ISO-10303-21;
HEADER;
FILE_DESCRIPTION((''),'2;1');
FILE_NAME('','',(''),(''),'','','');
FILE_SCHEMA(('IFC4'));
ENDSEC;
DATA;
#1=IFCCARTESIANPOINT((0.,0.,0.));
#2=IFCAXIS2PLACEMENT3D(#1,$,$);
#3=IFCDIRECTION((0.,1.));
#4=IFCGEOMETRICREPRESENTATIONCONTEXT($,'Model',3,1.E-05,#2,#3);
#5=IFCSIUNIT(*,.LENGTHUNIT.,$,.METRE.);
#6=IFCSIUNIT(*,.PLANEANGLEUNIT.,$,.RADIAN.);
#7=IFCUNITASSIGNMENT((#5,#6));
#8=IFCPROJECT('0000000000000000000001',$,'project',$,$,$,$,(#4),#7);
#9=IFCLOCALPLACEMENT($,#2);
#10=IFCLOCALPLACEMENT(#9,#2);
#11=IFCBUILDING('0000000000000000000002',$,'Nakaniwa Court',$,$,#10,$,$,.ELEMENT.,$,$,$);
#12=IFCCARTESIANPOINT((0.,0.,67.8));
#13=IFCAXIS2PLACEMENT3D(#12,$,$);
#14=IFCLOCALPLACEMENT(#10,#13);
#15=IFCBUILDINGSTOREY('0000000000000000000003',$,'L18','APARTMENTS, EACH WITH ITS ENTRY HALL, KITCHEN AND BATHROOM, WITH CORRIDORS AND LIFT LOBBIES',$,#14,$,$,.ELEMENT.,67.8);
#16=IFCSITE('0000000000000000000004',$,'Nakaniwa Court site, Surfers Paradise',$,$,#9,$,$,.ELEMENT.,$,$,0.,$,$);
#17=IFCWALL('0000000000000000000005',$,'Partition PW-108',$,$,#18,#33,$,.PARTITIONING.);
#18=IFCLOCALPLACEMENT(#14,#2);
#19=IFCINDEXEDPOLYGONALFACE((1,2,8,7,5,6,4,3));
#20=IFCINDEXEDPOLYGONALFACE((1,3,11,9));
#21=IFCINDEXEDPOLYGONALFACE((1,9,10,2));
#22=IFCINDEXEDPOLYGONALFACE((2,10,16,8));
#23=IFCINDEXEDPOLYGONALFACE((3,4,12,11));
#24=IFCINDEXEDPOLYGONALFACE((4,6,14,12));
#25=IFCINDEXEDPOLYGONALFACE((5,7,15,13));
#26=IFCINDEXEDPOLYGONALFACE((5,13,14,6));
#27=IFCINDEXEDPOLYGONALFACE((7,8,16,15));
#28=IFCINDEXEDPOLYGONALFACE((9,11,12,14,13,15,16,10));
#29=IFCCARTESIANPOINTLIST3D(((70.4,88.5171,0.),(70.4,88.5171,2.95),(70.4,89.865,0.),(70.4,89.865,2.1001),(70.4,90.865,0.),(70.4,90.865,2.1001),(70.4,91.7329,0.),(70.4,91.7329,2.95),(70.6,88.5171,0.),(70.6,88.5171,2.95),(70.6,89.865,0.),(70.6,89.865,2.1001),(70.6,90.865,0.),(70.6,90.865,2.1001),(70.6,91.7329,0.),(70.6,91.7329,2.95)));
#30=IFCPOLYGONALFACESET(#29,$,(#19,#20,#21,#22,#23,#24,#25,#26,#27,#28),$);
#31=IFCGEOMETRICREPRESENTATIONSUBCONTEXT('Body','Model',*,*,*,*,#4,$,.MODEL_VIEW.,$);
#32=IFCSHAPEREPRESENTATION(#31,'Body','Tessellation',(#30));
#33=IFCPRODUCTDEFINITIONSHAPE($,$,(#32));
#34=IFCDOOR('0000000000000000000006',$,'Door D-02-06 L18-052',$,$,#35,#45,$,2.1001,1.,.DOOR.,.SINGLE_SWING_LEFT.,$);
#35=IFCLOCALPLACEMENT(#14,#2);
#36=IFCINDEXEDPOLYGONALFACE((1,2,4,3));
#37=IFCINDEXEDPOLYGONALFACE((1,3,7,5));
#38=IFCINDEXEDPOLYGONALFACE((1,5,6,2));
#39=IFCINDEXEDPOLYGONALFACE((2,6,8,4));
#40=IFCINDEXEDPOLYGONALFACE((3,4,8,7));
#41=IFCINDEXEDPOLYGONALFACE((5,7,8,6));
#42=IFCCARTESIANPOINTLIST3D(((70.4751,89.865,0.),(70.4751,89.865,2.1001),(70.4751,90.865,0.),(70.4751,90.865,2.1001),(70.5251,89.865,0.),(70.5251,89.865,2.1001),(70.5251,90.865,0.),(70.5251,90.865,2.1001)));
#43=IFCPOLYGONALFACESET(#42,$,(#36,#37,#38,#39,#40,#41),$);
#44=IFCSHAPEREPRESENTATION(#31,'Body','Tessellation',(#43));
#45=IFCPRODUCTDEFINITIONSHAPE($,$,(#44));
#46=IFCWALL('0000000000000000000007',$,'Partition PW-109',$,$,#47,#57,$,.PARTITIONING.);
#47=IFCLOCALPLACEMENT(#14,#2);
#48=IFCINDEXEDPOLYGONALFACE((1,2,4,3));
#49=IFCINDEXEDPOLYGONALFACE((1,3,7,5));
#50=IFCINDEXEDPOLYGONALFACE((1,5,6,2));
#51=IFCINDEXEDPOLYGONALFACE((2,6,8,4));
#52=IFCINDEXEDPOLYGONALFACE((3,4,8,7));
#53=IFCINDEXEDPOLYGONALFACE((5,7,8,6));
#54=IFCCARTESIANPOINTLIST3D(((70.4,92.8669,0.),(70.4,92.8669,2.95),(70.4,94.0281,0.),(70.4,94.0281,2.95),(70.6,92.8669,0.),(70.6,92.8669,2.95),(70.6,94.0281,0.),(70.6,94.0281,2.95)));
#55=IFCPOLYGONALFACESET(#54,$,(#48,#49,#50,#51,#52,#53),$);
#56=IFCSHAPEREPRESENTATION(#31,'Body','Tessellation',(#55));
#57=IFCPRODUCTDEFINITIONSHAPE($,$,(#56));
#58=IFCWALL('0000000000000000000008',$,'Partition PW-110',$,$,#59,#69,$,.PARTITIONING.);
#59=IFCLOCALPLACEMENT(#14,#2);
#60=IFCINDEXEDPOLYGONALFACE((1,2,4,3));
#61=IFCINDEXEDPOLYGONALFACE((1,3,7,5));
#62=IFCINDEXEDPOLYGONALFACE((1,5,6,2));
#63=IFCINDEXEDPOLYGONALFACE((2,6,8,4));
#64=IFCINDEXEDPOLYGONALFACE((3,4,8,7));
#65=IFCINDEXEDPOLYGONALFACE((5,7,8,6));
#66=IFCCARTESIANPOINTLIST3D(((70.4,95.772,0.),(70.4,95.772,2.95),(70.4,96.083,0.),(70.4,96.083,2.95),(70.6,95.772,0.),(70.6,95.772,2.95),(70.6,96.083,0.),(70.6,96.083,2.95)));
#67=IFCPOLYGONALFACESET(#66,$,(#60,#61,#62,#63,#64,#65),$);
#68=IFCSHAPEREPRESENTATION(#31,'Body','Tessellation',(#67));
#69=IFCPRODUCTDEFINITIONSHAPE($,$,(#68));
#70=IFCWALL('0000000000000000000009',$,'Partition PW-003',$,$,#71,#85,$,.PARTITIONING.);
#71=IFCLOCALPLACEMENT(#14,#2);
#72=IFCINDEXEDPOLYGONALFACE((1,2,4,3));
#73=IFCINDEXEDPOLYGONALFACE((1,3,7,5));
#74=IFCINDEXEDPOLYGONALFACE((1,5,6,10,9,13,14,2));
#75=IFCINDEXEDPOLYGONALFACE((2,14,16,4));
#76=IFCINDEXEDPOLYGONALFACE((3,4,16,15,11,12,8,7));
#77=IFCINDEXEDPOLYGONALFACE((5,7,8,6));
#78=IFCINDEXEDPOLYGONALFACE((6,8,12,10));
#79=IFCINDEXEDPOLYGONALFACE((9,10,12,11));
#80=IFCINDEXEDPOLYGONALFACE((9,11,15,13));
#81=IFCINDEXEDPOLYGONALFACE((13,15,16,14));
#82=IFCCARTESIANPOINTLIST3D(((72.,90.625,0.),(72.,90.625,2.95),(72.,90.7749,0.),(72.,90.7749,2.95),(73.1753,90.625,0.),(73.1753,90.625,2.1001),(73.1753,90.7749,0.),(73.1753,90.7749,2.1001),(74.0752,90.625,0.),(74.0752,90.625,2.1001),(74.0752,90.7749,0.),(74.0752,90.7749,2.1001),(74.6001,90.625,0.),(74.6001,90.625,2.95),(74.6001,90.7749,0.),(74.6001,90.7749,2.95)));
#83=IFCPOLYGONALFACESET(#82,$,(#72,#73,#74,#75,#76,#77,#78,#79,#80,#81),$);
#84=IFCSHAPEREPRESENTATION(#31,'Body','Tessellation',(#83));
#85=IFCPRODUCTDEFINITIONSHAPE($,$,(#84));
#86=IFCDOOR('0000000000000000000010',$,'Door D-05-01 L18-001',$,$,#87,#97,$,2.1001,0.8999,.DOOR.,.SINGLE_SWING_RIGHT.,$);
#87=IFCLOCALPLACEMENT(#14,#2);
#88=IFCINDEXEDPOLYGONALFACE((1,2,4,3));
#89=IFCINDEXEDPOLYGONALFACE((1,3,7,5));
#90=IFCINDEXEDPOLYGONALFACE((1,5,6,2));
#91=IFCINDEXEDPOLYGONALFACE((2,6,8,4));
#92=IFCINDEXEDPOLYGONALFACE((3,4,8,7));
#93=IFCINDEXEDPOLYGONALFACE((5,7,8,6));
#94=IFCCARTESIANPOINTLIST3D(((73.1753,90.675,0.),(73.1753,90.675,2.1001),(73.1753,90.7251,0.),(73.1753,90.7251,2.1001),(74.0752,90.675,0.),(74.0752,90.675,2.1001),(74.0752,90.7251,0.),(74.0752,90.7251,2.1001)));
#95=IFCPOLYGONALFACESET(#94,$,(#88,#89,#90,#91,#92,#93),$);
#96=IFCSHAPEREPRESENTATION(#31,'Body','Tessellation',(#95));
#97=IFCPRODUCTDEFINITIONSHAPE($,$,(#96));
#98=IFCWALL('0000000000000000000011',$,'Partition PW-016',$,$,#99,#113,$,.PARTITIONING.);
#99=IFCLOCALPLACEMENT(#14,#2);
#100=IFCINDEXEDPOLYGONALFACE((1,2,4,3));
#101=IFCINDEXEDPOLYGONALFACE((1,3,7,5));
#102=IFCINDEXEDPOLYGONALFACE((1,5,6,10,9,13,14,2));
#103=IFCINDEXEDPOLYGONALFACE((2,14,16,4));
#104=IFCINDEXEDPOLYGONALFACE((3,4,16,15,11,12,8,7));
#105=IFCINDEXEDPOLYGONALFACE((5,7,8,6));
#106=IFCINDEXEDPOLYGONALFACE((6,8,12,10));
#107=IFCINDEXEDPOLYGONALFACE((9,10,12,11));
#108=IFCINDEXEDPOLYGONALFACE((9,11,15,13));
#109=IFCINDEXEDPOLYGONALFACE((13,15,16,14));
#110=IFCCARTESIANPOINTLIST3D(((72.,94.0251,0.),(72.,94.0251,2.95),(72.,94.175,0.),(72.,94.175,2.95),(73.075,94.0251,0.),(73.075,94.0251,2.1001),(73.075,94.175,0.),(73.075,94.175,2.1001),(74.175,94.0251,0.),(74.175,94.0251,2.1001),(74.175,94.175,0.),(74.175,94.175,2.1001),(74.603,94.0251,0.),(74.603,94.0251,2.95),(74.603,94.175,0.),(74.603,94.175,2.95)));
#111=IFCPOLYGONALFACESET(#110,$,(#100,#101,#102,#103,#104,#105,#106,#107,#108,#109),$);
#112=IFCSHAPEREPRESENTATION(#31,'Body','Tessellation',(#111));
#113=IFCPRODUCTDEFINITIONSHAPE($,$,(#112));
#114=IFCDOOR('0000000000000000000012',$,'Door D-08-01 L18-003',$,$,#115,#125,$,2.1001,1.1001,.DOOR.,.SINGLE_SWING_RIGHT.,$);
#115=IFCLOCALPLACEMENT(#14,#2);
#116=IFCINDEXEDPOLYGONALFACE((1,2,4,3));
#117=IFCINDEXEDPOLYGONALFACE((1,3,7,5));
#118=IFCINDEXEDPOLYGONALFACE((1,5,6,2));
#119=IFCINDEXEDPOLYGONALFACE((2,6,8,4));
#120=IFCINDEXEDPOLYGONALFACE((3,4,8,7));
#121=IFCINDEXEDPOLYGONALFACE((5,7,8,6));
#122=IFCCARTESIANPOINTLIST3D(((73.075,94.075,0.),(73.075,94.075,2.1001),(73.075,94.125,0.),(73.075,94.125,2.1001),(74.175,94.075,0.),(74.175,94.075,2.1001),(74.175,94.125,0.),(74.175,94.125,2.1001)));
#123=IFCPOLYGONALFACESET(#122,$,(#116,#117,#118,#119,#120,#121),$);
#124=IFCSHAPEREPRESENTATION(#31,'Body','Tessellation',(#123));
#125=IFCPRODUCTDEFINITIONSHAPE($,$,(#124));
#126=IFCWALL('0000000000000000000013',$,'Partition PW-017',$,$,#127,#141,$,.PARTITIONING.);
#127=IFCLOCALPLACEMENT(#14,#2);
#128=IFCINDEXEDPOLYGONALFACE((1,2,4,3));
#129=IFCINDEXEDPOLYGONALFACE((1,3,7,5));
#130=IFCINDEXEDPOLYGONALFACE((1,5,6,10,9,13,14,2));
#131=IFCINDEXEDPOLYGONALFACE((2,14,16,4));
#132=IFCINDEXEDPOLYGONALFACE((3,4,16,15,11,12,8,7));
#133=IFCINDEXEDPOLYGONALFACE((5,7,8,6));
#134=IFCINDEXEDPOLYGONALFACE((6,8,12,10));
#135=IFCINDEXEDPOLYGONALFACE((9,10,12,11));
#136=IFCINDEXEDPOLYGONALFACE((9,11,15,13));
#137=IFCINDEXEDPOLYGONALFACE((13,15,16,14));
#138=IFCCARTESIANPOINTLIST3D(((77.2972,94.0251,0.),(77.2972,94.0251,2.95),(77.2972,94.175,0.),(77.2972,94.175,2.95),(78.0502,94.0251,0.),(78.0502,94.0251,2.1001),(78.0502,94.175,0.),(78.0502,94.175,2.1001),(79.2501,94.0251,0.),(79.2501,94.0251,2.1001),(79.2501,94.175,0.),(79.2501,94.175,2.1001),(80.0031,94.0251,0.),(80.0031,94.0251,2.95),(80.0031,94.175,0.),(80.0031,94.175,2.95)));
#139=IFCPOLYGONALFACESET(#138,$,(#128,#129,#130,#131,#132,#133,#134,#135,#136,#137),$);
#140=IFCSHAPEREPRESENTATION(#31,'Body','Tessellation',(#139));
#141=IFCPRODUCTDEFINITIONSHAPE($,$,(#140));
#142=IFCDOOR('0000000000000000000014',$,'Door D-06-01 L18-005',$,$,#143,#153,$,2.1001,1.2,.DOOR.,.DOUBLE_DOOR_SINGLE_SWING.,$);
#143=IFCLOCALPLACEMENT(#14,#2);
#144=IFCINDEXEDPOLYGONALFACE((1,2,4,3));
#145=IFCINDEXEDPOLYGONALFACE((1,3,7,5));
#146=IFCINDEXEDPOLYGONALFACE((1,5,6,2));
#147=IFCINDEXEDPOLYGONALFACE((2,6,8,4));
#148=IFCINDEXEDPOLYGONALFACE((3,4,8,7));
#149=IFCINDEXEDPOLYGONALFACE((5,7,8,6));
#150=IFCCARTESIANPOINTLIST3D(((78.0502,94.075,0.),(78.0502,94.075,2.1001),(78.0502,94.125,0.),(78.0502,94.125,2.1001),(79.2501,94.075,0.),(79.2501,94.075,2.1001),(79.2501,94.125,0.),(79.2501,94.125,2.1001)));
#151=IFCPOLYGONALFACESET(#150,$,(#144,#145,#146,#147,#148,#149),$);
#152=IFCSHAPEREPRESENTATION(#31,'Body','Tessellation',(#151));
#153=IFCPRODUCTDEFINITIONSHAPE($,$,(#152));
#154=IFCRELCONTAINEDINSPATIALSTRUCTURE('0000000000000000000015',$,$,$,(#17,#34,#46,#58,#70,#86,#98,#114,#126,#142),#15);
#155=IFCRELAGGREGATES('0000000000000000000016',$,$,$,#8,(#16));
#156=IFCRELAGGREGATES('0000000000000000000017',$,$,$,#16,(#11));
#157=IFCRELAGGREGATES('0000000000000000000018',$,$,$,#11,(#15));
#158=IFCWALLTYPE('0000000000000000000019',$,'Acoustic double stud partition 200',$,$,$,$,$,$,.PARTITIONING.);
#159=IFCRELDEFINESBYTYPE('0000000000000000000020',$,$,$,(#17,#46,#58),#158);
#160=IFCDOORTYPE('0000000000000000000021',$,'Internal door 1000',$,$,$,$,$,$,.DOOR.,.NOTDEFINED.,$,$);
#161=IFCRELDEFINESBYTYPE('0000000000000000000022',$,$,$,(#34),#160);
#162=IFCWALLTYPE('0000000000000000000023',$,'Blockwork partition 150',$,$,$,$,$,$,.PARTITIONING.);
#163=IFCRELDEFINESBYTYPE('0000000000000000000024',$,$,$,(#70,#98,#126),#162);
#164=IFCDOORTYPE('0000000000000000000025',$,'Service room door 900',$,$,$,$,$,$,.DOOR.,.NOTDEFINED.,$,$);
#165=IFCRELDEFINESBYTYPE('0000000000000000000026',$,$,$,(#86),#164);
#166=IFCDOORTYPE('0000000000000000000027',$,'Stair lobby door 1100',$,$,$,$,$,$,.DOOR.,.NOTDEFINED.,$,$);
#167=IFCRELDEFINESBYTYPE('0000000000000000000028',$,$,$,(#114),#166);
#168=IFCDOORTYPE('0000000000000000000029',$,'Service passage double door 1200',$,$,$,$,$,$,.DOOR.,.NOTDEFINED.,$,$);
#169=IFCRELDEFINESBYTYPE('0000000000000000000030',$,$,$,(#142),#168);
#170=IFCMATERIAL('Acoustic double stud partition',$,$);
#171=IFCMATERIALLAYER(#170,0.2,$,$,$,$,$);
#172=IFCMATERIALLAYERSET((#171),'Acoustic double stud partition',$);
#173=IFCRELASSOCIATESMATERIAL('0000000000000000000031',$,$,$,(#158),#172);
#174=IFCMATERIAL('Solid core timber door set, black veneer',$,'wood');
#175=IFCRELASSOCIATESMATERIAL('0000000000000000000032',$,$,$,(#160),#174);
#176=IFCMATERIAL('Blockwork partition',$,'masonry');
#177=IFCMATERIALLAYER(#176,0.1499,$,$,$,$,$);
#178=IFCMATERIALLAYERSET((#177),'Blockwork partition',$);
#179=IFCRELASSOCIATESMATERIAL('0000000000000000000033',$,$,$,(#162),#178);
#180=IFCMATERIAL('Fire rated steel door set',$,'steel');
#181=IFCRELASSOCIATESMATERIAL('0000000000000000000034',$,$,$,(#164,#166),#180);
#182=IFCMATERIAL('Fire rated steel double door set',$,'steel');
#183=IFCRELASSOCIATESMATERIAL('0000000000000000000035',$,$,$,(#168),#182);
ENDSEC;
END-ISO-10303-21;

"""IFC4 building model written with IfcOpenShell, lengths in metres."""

from ifc_helpers import new_model, si_unit, direction, frame, frame_2d, origin, place, context, subcontext, project, spatial, rectangle, extrude, material, layer, layer_set, type_object, element, fill, save


model = new_model("IFC4")

# Units and contexts
model_context = context("Model", 3, precision=1e-05, world=origin(), true_north=direction((0.0, 1.0)))
body_context = subcontext(model_context, "Body", "Model", "MODEL_VIEW")
ifc_project = project(units=[si_unit("LENGTHUNIT", "METRE"), si_unit("PLANEANGLEUNIT", "RADIAN")], contexts=[model_context])

# Site, building, storey
site_placement = place(None, origin())
site = spatial("IfcSite", under=ifc_project, at=site_placement, Name="Nakaniwa Court site, Surfers Paradise", CompositionType="ELEMENT", RefElevation=0.0)
building_placement = place(site_placement, origin())
building = spatial("IfcBuilding", under=site, at=building_placement, Name="Nakaniwa Court", CompositionType="ELEMENT")
storey_placement = place(building_placement, frame((0.0, 0.0, 67.8)))
storey = spatial("IfcBuildingStorey", under=building, at=storey_placement, Name="L18", Description="APARTMENTS, EACH WITH ITS ENTRY HALL, KITCHEN AND BATHROOM, WITH CORRIDORS AND LIFT LOBBIES", CompositionType="ELEMENT", Elevation=67.8)

# Wall, opening, door
ifc_material_1 = material(Name="Acoustic double stud partition")
ifc_layer_1 = layer(ifc_material_1, 0.2)
ifc_layer_set_1 = layer_set([ifc_layer_1], Name="Acoustic double stud partition")
wall_type_1 = type_object("IfcWallType", Name="Acoustic double stud partition 200", PredefinedType="PARTITIONING", material=ifc_layer_set_1)
wall_1_placement = place(storey_placement, frame((70.5, 88.5171, 0.0), z_axis=(0.0, 0.0, 1.0), x_axis=(0.0, 1.0, 0.0)))
wall_1 = element("IfcWall", 1, at=wall_1_placement, inside=storey, type_object=wall_type_1, Name="Partition PW-108", PredefinedType="PARTITIONING", context=body_context, shape_type="SweptSolid", body=[
    extrude(rectangle(XDim=3.2158, YDim=0.2, at=frame_2d((1.6079, 0.0))), origin(), (0.0, 0.0, 1.0), 2.95),
])
opening_1_placement = place(wall_1_placement, frame((1.3479, 0.0, 0.0)))
opening_1 = element("IfcOpeningElement", 2, at=opening_1_placement, cuts=wall_1, PredefinedType="OPENING", context=body_context, shape_type="SweptSolid", body=[
    extrude(rectangle(XDim=1.0, YDim=2.1001, at=frame_2d((0.5, 1.05))), frame((0.0, 0.1099, 0.0), z_axis=(0.0, -1.0, 0.0), x_axis=(1.0, 0.0, 0.0)), (0.0, 0.0, 1.0), 0.22),
])
ifc_material_2 = material(Name="Solid core timber door set, black veneer", Category="wood")
door_type_1 = type_object("IfcDoorType", Name="Internal door 1000", OperationType="NOTDEFINED", PredefinedType="DOOR", material=ifc_material_2)
door_1_placement = place(opening_1_placement, origin())
door_1 = element("IfcDoor", 3, at=door_1_placement, inside=storey, type_object=door_type_1, Name="Door D-02-06 L18-052", OperationType="SINGLE_SWING_LEFT", OverallHeight=2.1001, OverallWidth=1.0, PredefinedType="DOOR", context=body_context, shape_type="SweptSolid", body=[
    extrude(rectangle(XDim=1.0, YDim=2.1001, at=frame_2d((0.5, 1.05))), frame((0.0, 0.0249, 0.0), z_axis=(0.0, -1.0, 0.0), x_axis=(1.0, 0.0, 0.0)), (0.0, 0.0, 1.0), 0.05),
])
fill(opening_1, door_1)

# Walls
wall_2_placement = place(storey_placement, frame((70.5, 92.8669, 0.0), z_axis=(0.0, 0.0, 1.0), x_axis=(0.0, 1.0, 0.0)))
element("IfcWall", 4, at=wall_2_placement, inside=storey, type_object=wall_type_1, Name="Partition PW-109", PredefinedType="PARTITIONING", context=body_context, shape_type="SweptSolid", body=[
    extrude(rectangle(XDim=1.1611, YDim=0.2, at=frame_2d((0.5806, 0.0))), origin(), (0.0, 0.0, 1.0), 2.95),
])
wall_3_placement = place(storey_placement, frame((70.5, 95.772, 0.0), z_axis=(0.0, 0.0, 1.0), x_axis=(0.0, 1.0, 0.0)))
element("IfcWall", 5, at=wall_3_placement, inside=storey, type_object=wall_type_1, Name="Partition PW-110", PredefinedType="PARTITIONING", context=body_context, shape_type="SweptSolid", body=[
    extrude(rectangle(XDim=0.311, YDim=0.2, at=frame_2d((0.1555, 0.0))), origin(), (0.0, 0.0, 1.0), 2.95),
])

# Walls, openings, doors
ifc_material_3 = material(Name="Blockwork partition", Category="masonry")
ifc_layer_2 = layer(ifc_material_3, 0.1499)
ifc_layer_set_2 = layer_set([ifc_layer_2], Name="Blockwork partition")
wall_type_2 = type_object("IfcWallType", Name="Blockwork partition 150", PredefinedType="PARTITIONING", material=ifc_layer_set_2)
wall_4_placement = place(storey_placement, frame((74.6001, 90.7, 0.0), z_axis=(0.0, 0.0, 1.0), x_axis=(-1.0, 0.0, 0.0)))
wall_4 = element("IfcWall", 6, at=wall_4_placement, inside=storey, type_object=wall_type_2, Name="Partition PW-003", PredefinedType="PARTITIONING", context=body_context, shape_type="SweptSolid", body=[
    extrude(rectangle(XDim=2.6001, YDim=0.1499, at=frame_2d((1.3, 0.0))), origin(), (0.0, 0.0, 1.0), 2.95),
])
opening_2_placement = place(wall_4_placement, frame((0.5249, 0.0, 0.0)))
opening_2 = element("IfcOpeningElement", 7, at=opening_2_placement, cuts=wall_4, PredefinedType="OPENING", context=body_context, shape_type="SweptSolid", body=[
    extrude(rectangle(XDim=0.8999, YDim=2.1001, at=frame_2d((0.45, 1.05))), frame((0.0, 0.085, 0.0), z_axis=(0.0, -1.0, 0.0), x_axis=(1.0, 0.0, 0.0)), (0.0, 0.0, 1.0), 0.1699),
])
ifc_material_4 = material(Name="Fire rated steel door set", Category="steel")
door_type_2 = type_object("IfcDoorType", Name="Service room door 900", OperationType="NOTDEFINED", PredefinedType="DOOR", material=ifc_material_4)
door_2_placement = place(opening_2_placement, origin())
door_2 = element("IfcDoor", 8, at=door_2_placement, inside=storey, type_object=door_type_2, Name="Door D-05-01 L18-001", OperationType="SINGLE_SWING_RIGHT", OverallHeight=2.1001, OverallWidth=0.8999, PredefinedType="DOOR", context=body_context, shape_type="SweptSolid", body=[
    extrude(rectangle(XDim=0.8999, YDim=2.1001, at=frame_2d((0.45, 1.05))), frame((0.0, 0.0249, 0.0), z_axis=(0.0, -1.0, 0.0), x_axis=(1.0, 0.0, 0.0)), (0.0, 0.0, 1.0), 0.05),
])
fill(opening_2, door_2)
wall_5_placement = place(storey_placement, frame((72.0, 94.1001, 0.0), z_axis=(0.0, 0.0, 1.0), x_axis=(1.0, 0.0, 0.0)))
wall_5 = element("IfcWall", 9, at=wall_5_placement, inside=storey, type_object=wall_type_2, Name="Partition PW-016", PredefinedType="PARTITIONING", context=body_context, shape_type="SweptSolid", body=[
    extrude(rectangle(XDim=2.603, YDim=0.1499, at=frame_2d((1.3015, 0.0))), origin(), (0.0, 0.0, 1.0), 2.95),
])
opening_3_placement = place(wall_5_placement, frame((1.075, 0.0, 0.0)))
opening_3 = element("IfcOpeningElement", 10, at=opening_3_placement, cuts=wall_5, PredefinedType="OPENING", context=body_context, shape_type="SweptSolid", body=[
    extrude(rectangle(XDim=1.1001, YDim=2.1001, at=frame_2d((0.55, 1.05))), frame((0.0, 0.085, 0.0), z_axis=(0.0, -1.0, 0.0), x_axis=(1.0, 0.0, 0.0)), (0.0, 0.0, 1.0), 0.1699),
])
door_type_3 = type_object("IfcDoorType", Name="Stair lobby door 1100", OperationType="NOTDEFINED", PredefinedType="DOOR", material=ifc_material_4)
door_3_placement = place(opening_3_placement, origin())
door_3 = element("IfcDoor", 11, at=door_3_placement, inside=storey, type_object=door_type_3, Name="Door D-08-01 L18-003", OperationType="SINGLE_SWING_RIGHT", OverallHeight=2.1001, OverallWidth=1.1001, PredefinedType="DOOR", context=body_context, shape_type="SweptSolid", body=[
    extrude(rectangle(XDim=1.1001, YDim=2.1001, at=frame_2d((0.55, 1.05))), frame((0.0, 0.0249, 0.0), z_axis=(0.0, -1.0, 0.0), x_axis=(1.0, 0.0, 0.0)), (0.0, 0.0, 1.0), 0.05),
])
fill(opening_3, door_3)
wall_6_placement = place(storey_placement, frame((77.2971, 94.1001, 0.0), z_axis=(0.0, 0.0, 1.0), x_axis=(1.0, 0.0, 0.0)))
wall_6 = element("IfcWall", 12, at=wall_6_placement, inside=storey, type_object=wall_type_2, Name="Partition PW-017", PredefinedType="PARTITIONING", context=body_context, shape_type="SweptSolid", body=[
    extrude(rectangle(XDim=2.7058, YDim=0.1499, at=frame_2d((1.353, 0.0))), origin(), (0.0, 0.0, 1.0), 2.95),
])
opening_4_placement = place(wall_6_placement, frame((0.7529, 0.0, 0.0)))
opening_4 = element("IfcOpeningElement", 13, at=opening_4_placement, cuts=wall_6, PredefinedType="OPENING", context=body_context, shape_type="SweptSolid", body=[
    extrude(rectangle(XDim=1.2, YDim=2.1001, at=frame_2d((0.6001, 1.05))), frame((0.0, 0.085, 0.0), z_axis=(0.0, -1.0, 0.0), x_axis=(1.0, 0.0, 0.0)), (0.0, 0.0, 1.0), 0.1699),
])
ifc_material_5 = material(Name="Fire rated steel double door set", Category="steel")
door_type_4 = type_object("IfcDoorType", Name="Service passage double door 1200", OperationType="NOTDEFINED", PredefinedType="DOOR", material=ifc_material_5)
door_4_placement = place(opening_4_placement, origin())
door_4 = element("IfcDoor", 14, at=door_4_placement, inside=storey, type_object=door_type_4, Name="Door D-06-01 L18-005", OperationType="DOUBLE_DOOR_SINGLE_SWING", OverallHeight=2.1001, OverallWidth=1.2, PredefinedType="DOOR", context=body_context, shape_type="SweptSolid", body=[
    extrude(rectangle(XDim=1.2, YDim=2.1001, at=frame_2d((0.6001, 1.05))), frame((0.0, 0.0249, 0.0), z_axis=(0.0, -1.0, 0.0), x_axis=(1.0, 0.0, 0.0)), (0.0, 0.0, 1.0), 0.05),
])
fill(opening_4, door_4)

save(model, "model.ifc")
